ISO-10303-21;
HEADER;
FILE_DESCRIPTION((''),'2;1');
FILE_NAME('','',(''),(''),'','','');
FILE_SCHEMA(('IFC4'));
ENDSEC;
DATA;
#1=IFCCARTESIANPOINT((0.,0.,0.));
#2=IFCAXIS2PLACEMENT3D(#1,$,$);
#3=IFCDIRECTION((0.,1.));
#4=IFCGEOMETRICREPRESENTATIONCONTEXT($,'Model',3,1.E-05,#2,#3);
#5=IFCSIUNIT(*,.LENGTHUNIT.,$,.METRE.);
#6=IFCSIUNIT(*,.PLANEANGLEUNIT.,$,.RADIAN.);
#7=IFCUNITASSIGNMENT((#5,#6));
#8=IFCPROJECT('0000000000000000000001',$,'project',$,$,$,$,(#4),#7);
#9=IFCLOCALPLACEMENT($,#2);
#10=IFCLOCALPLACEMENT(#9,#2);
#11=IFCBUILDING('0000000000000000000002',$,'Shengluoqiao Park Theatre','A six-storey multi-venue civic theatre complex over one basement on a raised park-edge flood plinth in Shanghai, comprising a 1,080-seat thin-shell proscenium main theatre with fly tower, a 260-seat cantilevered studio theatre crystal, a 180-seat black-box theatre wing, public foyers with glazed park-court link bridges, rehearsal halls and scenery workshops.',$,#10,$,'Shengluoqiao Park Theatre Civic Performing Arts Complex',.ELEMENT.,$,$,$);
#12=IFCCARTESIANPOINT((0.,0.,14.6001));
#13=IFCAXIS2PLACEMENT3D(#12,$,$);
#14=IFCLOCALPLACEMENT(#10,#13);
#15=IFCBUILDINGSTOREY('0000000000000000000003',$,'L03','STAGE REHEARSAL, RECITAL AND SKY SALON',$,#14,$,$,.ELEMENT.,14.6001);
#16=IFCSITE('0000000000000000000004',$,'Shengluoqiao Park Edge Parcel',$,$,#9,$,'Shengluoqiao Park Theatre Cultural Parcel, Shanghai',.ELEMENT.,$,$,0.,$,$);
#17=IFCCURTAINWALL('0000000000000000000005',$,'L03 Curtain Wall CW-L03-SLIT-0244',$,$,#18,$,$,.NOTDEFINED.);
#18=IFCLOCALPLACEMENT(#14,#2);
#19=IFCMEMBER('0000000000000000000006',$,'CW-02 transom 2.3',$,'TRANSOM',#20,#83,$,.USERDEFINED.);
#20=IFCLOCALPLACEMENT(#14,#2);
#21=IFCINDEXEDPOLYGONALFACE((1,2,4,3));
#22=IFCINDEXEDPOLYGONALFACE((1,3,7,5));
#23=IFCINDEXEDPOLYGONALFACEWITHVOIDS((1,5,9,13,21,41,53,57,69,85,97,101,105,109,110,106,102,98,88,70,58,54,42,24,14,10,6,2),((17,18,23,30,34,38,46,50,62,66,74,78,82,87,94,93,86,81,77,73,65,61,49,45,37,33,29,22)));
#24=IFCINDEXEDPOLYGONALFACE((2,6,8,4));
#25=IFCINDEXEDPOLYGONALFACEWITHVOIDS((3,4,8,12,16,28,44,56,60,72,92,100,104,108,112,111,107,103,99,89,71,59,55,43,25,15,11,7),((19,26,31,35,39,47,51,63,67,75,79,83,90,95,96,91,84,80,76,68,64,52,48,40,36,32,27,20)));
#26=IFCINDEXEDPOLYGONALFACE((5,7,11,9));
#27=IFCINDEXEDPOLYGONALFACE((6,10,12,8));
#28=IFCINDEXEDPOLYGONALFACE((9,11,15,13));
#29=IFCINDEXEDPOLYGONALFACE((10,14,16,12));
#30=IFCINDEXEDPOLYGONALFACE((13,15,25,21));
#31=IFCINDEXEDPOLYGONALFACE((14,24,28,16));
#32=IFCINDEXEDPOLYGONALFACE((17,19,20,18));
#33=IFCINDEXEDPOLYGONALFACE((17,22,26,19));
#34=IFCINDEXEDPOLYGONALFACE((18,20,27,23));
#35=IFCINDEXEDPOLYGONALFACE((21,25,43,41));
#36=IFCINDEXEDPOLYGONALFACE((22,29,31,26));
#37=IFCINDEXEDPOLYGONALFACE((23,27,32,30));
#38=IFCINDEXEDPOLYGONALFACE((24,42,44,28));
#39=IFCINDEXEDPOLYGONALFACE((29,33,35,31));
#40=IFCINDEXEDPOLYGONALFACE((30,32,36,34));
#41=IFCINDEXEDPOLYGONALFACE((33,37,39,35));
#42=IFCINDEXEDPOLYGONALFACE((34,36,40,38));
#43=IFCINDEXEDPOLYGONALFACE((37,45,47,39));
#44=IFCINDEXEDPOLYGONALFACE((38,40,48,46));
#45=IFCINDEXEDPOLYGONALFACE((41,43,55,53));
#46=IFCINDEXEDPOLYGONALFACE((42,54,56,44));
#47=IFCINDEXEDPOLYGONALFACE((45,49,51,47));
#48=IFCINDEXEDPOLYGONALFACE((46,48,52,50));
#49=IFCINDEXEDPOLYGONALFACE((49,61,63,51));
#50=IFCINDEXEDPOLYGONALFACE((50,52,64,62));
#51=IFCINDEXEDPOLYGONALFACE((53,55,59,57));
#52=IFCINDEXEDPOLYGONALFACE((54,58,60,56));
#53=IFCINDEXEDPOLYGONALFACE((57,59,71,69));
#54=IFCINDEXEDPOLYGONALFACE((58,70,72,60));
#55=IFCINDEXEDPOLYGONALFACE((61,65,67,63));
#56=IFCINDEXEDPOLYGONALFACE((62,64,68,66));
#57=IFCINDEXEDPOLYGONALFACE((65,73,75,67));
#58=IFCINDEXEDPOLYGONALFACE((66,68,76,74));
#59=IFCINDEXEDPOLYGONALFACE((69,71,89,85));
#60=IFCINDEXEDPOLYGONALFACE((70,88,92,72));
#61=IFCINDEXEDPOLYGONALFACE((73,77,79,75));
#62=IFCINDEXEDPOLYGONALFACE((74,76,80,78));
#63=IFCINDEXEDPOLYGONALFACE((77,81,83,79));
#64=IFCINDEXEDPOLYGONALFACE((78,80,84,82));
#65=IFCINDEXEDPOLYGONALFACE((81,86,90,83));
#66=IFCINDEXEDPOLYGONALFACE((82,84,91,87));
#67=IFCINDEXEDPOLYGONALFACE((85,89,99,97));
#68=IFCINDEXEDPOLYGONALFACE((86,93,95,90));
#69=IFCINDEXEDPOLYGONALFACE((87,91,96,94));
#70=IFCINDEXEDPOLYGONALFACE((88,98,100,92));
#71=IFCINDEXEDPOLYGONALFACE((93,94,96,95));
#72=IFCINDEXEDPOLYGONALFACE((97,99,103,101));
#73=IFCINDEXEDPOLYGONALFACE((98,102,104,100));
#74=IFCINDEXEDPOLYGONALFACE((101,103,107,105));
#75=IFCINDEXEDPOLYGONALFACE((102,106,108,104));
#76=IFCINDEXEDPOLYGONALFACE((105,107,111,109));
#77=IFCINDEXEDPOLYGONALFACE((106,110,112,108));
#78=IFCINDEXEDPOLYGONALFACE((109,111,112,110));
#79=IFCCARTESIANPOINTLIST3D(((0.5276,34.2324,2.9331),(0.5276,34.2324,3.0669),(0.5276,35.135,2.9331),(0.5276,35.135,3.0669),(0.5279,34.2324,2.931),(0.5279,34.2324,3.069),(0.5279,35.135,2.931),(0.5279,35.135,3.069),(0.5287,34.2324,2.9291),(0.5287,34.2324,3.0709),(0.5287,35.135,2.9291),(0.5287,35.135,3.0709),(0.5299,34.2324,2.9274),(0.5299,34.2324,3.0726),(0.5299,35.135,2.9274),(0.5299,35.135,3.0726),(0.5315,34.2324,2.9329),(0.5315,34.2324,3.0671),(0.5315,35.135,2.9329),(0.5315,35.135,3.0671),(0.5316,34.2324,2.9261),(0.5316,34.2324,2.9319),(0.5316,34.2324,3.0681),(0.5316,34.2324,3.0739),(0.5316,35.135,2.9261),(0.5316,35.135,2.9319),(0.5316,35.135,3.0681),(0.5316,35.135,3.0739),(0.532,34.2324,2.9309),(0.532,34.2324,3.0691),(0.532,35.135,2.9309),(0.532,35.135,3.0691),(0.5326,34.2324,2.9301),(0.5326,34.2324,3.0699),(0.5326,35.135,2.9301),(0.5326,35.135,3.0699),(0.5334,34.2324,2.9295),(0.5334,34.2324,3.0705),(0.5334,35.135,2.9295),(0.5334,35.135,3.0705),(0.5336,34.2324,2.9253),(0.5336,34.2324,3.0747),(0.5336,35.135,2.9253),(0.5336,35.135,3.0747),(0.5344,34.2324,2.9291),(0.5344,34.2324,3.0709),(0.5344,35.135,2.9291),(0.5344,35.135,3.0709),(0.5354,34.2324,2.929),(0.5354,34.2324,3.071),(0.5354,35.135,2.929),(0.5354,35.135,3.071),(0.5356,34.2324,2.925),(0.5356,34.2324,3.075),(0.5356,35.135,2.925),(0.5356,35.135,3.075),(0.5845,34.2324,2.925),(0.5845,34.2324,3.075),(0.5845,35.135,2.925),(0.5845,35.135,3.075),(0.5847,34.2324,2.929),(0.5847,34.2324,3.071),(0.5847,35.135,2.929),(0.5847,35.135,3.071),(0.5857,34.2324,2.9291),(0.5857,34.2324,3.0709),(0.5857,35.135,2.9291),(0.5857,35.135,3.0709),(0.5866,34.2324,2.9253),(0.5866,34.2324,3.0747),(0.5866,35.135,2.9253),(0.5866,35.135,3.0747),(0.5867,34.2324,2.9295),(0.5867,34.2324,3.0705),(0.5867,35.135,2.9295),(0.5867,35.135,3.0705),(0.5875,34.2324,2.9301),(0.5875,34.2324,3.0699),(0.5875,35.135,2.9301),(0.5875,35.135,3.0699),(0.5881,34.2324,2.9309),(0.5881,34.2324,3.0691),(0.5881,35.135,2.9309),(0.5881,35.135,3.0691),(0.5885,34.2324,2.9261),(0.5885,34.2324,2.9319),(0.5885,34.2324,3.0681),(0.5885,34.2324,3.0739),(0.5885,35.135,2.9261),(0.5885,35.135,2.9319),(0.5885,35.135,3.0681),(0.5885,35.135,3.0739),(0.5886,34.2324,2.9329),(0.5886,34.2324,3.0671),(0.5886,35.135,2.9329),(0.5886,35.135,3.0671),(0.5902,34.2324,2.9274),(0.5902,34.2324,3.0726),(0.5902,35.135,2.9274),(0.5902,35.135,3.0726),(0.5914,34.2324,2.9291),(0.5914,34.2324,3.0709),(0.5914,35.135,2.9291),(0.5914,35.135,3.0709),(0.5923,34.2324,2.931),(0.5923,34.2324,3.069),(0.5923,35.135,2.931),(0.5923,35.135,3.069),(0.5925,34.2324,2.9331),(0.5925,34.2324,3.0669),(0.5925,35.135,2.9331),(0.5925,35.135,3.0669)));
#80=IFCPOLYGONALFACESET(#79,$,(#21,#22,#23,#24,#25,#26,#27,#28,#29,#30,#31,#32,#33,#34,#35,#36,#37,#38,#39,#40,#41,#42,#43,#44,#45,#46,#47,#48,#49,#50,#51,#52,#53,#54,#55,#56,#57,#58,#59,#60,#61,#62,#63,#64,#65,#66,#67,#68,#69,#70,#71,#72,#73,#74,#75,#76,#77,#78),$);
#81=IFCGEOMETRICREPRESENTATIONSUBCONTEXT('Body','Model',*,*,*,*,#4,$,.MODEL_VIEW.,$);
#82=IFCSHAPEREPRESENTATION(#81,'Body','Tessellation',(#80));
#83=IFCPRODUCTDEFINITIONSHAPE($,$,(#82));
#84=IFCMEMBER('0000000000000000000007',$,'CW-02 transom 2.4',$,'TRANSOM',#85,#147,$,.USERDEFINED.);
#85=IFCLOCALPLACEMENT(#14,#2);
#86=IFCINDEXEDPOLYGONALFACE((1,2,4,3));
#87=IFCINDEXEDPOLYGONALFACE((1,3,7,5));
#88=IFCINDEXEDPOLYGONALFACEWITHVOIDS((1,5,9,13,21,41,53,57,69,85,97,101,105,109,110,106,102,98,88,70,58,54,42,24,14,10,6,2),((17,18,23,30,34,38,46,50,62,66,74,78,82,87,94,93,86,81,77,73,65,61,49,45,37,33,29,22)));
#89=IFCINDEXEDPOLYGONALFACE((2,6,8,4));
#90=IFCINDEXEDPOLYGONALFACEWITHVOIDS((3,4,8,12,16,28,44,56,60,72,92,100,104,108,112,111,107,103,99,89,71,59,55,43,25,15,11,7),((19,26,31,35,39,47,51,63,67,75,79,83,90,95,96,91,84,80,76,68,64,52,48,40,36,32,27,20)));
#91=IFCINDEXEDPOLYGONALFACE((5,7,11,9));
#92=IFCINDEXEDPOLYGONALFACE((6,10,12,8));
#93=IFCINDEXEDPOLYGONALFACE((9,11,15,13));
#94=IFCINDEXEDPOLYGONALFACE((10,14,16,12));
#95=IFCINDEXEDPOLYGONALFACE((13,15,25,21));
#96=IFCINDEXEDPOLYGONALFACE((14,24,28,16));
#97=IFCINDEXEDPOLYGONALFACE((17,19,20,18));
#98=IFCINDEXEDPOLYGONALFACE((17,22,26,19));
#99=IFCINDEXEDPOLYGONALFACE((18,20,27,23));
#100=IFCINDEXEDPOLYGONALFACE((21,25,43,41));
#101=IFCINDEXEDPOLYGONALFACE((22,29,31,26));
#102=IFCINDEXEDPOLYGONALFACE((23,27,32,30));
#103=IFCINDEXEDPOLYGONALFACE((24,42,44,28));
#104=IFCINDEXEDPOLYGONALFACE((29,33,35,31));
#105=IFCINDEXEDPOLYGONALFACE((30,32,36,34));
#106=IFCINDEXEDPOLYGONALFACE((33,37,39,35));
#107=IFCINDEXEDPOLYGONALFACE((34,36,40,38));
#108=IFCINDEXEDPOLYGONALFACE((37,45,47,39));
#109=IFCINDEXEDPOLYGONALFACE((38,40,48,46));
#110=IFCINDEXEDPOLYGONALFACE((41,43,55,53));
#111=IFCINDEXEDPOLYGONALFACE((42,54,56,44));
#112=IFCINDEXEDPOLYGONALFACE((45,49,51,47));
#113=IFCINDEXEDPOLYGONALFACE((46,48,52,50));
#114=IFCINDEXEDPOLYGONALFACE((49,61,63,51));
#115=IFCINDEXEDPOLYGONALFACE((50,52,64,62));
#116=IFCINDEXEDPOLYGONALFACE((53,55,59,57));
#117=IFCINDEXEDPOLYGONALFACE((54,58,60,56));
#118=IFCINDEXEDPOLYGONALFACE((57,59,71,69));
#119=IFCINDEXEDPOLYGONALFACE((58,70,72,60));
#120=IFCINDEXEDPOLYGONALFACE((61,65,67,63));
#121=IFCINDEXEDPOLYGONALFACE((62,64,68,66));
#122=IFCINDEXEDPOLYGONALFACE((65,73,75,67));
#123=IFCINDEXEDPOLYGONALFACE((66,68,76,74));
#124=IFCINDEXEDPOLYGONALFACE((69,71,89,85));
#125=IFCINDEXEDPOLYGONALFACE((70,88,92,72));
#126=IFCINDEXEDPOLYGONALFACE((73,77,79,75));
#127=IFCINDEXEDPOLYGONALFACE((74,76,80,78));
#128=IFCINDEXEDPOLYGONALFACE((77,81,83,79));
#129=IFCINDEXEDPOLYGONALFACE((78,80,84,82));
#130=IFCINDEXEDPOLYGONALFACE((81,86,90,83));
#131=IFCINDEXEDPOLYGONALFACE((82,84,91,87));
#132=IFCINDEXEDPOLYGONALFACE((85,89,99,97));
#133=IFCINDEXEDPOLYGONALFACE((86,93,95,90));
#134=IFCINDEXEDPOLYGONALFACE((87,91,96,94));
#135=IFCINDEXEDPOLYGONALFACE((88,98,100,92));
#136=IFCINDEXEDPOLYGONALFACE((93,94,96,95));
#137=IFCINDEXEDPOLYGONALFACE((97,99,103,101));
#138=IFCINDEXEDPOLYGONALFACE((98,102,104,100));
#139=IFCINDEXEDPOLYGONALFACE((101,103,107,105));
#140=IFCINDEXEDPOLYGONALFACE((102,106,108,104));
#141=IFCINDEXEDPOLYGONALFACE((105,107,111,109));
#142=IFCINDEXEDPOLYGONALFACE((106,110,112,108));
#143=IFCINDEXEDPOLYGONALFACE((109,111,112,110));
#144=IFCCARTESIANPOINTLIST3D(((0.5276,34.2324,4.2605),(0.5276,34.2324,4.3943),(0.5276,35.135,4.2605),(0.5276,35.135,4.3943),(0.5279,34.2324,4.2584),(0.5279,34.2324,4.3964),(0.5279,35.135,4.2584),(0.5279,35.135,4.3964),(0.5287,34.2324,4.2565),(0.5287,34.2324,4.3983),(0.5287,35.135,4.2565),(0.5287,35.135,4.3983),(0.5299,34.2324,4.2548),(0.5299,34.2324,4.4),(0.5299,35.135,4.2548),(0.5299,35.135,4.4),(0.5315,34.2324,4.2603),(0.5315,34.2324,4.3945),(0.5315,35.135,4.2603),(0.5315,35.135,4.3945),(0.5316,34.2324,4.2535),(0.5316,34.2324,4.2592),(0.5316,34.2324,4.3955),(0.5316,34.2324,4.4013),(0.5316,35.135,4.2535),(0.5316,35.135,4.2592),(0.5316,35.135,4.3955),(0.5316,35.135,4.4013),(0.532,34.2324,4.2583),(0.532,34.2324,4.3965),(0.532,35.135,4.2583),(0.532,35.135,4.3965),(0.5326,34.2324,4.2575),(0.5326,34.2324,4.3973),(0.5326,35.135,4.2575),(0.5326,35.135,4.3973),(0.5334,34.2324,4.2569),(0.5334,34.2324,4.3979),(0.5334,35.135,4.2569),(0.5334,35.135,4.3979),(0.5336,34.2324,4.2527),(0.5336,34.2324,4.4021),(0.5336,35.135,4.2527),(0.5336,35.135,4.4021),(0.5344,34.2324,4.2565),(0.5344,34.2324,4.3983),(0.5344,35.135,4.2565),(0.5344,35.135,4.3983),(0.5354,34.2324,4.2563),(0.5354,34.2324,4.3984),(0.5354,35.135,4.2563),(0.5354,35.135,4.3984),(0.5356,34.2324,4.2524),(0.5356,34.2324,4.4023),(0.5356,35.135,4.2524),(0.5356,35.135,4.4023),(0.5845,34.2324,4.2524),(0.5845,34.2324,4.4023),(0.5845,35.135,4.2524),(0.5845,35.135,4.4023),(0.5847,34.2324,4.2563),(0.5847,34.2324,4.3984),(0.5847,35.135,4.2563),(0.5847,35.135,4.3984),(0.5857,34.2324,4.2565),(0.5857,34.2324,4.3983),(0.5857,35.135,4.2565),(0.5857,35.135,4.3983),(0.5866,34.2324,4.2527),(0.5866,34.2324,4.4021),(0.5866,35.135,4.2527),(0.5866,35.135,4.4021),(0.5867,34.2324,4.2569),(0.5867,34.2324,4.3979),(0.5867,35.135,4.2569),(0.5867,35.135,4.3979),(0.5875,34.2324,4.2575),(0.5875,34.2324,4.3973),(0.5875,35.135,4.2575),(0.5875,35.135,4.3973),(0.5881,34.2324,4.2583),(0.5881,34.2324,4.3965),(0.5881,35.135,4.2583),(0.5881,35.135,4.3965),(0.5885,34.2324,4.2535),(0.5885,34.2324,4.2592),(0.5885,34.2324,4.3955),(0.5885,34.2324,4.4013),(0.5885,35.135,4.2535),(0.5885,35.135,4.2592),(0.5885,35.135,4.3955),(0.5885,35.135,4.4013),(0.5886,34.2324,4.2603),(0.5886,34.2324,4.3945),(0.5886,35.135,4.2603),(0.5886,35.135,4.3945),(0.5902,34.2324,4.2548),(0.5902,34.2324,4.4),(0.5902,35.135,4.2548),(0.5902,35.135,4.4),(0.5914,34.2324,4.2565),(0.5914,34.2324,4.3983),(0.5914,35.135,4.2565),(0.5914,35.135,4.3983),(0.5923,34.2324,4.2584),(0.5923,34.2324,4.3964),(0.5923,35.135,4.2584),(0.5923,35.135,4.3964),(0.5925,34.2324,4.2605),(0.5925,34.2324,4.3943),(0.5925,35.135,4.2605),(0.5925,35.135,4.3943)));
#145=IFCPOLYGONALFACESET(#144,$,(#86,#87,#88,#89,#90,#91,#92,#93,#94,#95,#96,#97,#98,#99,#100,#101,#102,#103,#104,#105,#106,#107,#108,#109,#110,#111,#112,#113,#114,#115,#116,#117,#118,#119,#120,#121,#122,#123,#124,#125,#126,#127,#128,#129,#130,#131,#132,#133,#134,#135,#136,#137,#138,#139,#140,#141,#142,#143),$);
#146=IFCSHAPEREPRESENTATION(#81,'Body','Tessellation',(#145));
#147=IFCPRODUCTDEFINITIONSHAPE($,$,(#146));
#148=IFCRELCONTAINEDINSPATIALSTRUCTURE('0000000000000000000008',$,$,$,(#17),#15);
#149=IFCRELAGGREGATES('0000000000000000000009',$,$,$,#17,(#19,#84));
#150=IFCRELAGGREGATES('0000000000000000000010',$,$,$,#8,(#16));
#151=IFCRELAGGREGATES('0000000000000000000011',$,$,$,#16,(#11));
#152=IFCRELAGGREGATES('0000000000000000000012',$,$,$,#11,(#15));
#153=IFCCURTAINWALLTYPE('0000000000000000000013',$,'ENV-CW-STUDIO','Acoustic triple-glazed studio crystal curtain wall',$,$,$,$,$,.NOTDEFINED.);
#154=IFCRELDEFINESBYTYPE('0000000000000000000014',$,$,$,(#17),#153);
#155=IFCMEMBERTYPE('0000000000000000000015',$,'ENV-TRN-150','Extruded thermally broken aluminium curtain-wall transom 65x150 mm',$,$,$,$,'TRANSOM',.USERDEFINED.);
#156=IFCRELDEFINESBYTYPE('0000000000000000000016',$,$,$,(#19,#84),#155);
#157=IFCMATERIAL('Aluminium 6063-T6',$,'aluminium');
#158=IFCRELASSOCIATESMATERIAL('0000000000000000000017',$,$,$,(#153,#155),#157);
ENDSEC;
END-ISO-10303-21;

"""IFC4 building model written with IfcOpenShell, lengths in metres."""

from ifc_helpers import new_model, si_unit, direction, frame, origin, origin_2d, place, context, subcontext, project, spatial, hollow_rectangle, extrude, material, material_profile, profile_set, type_object, element, aggregate, save


model = new_model("IFC4")

# Units and contexts
model_context = context("Model", 3, precision=1e-05, world=origin(), true_north=direction((0.0, 1.0)))
body_context = subcontext(model_context, "Body", "Model", "MODEL_VIEW")
ifc_project = project(units=[si_unit("LENGTHUNIT", "METRE"), si_unit("PLANEANGLEUNIT", "RADIAN")], contexts=[model_context])

# Site, building, storey
site_placement = place(None, origin())
site = spatial("IfcSite", under=ifc_project, at=site_placement, Name="Shengluoqiao Park Edge Parcel", LongName="Shengluoqiao Park Theatre Cultural Parcel, Shanghai", CompositionType="ELEMENT", RefElevation=0.0)
building_placement = place(site_placement, origin())
building = spatial("IfcBuilding", under=site, at=building_placement, Name="Shengluoqiao Park Theatre", Description="A six-storey multi-venue civic theatre complex over one basement on a raised park-edge flood plinth in Shanghai, comprising a 1,080-seat thin-shell proscenium main theatre with fly tower, a 260-seat cantilevered studio theatre crystal, a 180-seat black-box theatre wing, public foyers with glazed park-court link bridges, rehearsal halls and scenery workshops.", LongName="Shengluoqiao Park Theatre Civic Performing Arts Complex", CompositionType="ELEMENT")
storey_placement = place(building_placement, frame((0.0, 0.0, 14.6001)))
storey = spatial("IfcBuildingStorey", under=building, at=storey_placement, Name="L03", Description="STAGE REHEARSAL, RECITAL AND SKY SALON", CompositionType="ELEMENT", Elevation=14.6001)

# Curtain wall
ifc_material_1 = material(Name="Aluminium 6063-T6", Category="aluminium")
curtain_wall_type = type_object("IfcCurtainWallType", Name="ENV-CW-STUDIO", Description="Acoustic triple-glazed studio crystal curtain wall", PredefinedType="NOTDEFINED", material=ifc_material_1)
curtain_wall_1_placement = place(storey_placement, origin())
curtain_wall_1 = element("IfcCurtainWall", 1, at=curtain_wall_1_placement, inside=storey, type_object=curtain_wall_type, Name="L03 Curtain Wall CW-L03-SLIT-0244", PredefinedType="NOTDEFINED")

# Members
ifc_material_profile_1 = material_profile(ifc_material_1, hollow_rectangle(XDim=0.0649, YDim=0.1499, WallThickness=0.0039, InnerFilletRadius=0.0039, OuterFilletRadius=0.0081, at=origin_2d()), Name="ALU TRANSOM 150x65x4")
ifc_profile_set_1 = profile_set([ifc_material_profile_1], Name="Aluminium 6063-T6")
member_type_1 = type_object("IfcMemberType", Name="ENV-TRN-150", Description="Extruded thermally broken aluminium curtain-wall transom 65x150 mm", ElementType="TRANSOM", PredefinedType="USERDEFINED", material=ifc_profile_set_1)
member_1_placement = place(storey_placement, frame((0.5601, 34.2324, 3.0), z_axis=(0.0, 1.0, 0.0), x_axis=(-1.0, 0.0, 0.0)))
member_1 = element("IfcMember", 2, at=member_1_placement, type_object=member_type_1, Name="CW-02 transom 2.3", ObjectType="TRANSOM", PredefinedType="USERDEFINED", context=body_context, shape_type="SweptSolid", body=[
    extrude(hollow_rectangle(XDim=0.0649, YDim=0.1499, WallThickness=0.0039, InnerFilletRadius=0.0039, OuterFilletRadius=0.0081, at=origin_2d()), origin(), (0.0, 0.0, 1.0), 0.9026),
])
member_2_placement = place(storey_placement, frame((0.5601, 34.2324, 4.3274), z_axis=(0.0, 1.0, 0.0), x_axis=(-1.0, 0.0, 0.0)))
member_2 = element("IfcMember", 3, at=member_2_placement, type_object=member_type_1, Name="CW-02 transom 2.4", ObjectType="TRANSOM", PredefinedType="USERDEFINED", context=body_context, shape_type="SweptSolid", body=[
    extrude(hollow_rectangle(XDim=0.0649, YDim=0.1499, WallThickness=0.0039, InnerFilletRadius=0.0039, OuterFilletRadius=0.0081, at=origin_2d()), origin(), (0.0, 0.0, 1.0), 0.9026),
])

aggregate(curtain_wall_1, [member_1, member_2])

save(model, "model.ifc")
